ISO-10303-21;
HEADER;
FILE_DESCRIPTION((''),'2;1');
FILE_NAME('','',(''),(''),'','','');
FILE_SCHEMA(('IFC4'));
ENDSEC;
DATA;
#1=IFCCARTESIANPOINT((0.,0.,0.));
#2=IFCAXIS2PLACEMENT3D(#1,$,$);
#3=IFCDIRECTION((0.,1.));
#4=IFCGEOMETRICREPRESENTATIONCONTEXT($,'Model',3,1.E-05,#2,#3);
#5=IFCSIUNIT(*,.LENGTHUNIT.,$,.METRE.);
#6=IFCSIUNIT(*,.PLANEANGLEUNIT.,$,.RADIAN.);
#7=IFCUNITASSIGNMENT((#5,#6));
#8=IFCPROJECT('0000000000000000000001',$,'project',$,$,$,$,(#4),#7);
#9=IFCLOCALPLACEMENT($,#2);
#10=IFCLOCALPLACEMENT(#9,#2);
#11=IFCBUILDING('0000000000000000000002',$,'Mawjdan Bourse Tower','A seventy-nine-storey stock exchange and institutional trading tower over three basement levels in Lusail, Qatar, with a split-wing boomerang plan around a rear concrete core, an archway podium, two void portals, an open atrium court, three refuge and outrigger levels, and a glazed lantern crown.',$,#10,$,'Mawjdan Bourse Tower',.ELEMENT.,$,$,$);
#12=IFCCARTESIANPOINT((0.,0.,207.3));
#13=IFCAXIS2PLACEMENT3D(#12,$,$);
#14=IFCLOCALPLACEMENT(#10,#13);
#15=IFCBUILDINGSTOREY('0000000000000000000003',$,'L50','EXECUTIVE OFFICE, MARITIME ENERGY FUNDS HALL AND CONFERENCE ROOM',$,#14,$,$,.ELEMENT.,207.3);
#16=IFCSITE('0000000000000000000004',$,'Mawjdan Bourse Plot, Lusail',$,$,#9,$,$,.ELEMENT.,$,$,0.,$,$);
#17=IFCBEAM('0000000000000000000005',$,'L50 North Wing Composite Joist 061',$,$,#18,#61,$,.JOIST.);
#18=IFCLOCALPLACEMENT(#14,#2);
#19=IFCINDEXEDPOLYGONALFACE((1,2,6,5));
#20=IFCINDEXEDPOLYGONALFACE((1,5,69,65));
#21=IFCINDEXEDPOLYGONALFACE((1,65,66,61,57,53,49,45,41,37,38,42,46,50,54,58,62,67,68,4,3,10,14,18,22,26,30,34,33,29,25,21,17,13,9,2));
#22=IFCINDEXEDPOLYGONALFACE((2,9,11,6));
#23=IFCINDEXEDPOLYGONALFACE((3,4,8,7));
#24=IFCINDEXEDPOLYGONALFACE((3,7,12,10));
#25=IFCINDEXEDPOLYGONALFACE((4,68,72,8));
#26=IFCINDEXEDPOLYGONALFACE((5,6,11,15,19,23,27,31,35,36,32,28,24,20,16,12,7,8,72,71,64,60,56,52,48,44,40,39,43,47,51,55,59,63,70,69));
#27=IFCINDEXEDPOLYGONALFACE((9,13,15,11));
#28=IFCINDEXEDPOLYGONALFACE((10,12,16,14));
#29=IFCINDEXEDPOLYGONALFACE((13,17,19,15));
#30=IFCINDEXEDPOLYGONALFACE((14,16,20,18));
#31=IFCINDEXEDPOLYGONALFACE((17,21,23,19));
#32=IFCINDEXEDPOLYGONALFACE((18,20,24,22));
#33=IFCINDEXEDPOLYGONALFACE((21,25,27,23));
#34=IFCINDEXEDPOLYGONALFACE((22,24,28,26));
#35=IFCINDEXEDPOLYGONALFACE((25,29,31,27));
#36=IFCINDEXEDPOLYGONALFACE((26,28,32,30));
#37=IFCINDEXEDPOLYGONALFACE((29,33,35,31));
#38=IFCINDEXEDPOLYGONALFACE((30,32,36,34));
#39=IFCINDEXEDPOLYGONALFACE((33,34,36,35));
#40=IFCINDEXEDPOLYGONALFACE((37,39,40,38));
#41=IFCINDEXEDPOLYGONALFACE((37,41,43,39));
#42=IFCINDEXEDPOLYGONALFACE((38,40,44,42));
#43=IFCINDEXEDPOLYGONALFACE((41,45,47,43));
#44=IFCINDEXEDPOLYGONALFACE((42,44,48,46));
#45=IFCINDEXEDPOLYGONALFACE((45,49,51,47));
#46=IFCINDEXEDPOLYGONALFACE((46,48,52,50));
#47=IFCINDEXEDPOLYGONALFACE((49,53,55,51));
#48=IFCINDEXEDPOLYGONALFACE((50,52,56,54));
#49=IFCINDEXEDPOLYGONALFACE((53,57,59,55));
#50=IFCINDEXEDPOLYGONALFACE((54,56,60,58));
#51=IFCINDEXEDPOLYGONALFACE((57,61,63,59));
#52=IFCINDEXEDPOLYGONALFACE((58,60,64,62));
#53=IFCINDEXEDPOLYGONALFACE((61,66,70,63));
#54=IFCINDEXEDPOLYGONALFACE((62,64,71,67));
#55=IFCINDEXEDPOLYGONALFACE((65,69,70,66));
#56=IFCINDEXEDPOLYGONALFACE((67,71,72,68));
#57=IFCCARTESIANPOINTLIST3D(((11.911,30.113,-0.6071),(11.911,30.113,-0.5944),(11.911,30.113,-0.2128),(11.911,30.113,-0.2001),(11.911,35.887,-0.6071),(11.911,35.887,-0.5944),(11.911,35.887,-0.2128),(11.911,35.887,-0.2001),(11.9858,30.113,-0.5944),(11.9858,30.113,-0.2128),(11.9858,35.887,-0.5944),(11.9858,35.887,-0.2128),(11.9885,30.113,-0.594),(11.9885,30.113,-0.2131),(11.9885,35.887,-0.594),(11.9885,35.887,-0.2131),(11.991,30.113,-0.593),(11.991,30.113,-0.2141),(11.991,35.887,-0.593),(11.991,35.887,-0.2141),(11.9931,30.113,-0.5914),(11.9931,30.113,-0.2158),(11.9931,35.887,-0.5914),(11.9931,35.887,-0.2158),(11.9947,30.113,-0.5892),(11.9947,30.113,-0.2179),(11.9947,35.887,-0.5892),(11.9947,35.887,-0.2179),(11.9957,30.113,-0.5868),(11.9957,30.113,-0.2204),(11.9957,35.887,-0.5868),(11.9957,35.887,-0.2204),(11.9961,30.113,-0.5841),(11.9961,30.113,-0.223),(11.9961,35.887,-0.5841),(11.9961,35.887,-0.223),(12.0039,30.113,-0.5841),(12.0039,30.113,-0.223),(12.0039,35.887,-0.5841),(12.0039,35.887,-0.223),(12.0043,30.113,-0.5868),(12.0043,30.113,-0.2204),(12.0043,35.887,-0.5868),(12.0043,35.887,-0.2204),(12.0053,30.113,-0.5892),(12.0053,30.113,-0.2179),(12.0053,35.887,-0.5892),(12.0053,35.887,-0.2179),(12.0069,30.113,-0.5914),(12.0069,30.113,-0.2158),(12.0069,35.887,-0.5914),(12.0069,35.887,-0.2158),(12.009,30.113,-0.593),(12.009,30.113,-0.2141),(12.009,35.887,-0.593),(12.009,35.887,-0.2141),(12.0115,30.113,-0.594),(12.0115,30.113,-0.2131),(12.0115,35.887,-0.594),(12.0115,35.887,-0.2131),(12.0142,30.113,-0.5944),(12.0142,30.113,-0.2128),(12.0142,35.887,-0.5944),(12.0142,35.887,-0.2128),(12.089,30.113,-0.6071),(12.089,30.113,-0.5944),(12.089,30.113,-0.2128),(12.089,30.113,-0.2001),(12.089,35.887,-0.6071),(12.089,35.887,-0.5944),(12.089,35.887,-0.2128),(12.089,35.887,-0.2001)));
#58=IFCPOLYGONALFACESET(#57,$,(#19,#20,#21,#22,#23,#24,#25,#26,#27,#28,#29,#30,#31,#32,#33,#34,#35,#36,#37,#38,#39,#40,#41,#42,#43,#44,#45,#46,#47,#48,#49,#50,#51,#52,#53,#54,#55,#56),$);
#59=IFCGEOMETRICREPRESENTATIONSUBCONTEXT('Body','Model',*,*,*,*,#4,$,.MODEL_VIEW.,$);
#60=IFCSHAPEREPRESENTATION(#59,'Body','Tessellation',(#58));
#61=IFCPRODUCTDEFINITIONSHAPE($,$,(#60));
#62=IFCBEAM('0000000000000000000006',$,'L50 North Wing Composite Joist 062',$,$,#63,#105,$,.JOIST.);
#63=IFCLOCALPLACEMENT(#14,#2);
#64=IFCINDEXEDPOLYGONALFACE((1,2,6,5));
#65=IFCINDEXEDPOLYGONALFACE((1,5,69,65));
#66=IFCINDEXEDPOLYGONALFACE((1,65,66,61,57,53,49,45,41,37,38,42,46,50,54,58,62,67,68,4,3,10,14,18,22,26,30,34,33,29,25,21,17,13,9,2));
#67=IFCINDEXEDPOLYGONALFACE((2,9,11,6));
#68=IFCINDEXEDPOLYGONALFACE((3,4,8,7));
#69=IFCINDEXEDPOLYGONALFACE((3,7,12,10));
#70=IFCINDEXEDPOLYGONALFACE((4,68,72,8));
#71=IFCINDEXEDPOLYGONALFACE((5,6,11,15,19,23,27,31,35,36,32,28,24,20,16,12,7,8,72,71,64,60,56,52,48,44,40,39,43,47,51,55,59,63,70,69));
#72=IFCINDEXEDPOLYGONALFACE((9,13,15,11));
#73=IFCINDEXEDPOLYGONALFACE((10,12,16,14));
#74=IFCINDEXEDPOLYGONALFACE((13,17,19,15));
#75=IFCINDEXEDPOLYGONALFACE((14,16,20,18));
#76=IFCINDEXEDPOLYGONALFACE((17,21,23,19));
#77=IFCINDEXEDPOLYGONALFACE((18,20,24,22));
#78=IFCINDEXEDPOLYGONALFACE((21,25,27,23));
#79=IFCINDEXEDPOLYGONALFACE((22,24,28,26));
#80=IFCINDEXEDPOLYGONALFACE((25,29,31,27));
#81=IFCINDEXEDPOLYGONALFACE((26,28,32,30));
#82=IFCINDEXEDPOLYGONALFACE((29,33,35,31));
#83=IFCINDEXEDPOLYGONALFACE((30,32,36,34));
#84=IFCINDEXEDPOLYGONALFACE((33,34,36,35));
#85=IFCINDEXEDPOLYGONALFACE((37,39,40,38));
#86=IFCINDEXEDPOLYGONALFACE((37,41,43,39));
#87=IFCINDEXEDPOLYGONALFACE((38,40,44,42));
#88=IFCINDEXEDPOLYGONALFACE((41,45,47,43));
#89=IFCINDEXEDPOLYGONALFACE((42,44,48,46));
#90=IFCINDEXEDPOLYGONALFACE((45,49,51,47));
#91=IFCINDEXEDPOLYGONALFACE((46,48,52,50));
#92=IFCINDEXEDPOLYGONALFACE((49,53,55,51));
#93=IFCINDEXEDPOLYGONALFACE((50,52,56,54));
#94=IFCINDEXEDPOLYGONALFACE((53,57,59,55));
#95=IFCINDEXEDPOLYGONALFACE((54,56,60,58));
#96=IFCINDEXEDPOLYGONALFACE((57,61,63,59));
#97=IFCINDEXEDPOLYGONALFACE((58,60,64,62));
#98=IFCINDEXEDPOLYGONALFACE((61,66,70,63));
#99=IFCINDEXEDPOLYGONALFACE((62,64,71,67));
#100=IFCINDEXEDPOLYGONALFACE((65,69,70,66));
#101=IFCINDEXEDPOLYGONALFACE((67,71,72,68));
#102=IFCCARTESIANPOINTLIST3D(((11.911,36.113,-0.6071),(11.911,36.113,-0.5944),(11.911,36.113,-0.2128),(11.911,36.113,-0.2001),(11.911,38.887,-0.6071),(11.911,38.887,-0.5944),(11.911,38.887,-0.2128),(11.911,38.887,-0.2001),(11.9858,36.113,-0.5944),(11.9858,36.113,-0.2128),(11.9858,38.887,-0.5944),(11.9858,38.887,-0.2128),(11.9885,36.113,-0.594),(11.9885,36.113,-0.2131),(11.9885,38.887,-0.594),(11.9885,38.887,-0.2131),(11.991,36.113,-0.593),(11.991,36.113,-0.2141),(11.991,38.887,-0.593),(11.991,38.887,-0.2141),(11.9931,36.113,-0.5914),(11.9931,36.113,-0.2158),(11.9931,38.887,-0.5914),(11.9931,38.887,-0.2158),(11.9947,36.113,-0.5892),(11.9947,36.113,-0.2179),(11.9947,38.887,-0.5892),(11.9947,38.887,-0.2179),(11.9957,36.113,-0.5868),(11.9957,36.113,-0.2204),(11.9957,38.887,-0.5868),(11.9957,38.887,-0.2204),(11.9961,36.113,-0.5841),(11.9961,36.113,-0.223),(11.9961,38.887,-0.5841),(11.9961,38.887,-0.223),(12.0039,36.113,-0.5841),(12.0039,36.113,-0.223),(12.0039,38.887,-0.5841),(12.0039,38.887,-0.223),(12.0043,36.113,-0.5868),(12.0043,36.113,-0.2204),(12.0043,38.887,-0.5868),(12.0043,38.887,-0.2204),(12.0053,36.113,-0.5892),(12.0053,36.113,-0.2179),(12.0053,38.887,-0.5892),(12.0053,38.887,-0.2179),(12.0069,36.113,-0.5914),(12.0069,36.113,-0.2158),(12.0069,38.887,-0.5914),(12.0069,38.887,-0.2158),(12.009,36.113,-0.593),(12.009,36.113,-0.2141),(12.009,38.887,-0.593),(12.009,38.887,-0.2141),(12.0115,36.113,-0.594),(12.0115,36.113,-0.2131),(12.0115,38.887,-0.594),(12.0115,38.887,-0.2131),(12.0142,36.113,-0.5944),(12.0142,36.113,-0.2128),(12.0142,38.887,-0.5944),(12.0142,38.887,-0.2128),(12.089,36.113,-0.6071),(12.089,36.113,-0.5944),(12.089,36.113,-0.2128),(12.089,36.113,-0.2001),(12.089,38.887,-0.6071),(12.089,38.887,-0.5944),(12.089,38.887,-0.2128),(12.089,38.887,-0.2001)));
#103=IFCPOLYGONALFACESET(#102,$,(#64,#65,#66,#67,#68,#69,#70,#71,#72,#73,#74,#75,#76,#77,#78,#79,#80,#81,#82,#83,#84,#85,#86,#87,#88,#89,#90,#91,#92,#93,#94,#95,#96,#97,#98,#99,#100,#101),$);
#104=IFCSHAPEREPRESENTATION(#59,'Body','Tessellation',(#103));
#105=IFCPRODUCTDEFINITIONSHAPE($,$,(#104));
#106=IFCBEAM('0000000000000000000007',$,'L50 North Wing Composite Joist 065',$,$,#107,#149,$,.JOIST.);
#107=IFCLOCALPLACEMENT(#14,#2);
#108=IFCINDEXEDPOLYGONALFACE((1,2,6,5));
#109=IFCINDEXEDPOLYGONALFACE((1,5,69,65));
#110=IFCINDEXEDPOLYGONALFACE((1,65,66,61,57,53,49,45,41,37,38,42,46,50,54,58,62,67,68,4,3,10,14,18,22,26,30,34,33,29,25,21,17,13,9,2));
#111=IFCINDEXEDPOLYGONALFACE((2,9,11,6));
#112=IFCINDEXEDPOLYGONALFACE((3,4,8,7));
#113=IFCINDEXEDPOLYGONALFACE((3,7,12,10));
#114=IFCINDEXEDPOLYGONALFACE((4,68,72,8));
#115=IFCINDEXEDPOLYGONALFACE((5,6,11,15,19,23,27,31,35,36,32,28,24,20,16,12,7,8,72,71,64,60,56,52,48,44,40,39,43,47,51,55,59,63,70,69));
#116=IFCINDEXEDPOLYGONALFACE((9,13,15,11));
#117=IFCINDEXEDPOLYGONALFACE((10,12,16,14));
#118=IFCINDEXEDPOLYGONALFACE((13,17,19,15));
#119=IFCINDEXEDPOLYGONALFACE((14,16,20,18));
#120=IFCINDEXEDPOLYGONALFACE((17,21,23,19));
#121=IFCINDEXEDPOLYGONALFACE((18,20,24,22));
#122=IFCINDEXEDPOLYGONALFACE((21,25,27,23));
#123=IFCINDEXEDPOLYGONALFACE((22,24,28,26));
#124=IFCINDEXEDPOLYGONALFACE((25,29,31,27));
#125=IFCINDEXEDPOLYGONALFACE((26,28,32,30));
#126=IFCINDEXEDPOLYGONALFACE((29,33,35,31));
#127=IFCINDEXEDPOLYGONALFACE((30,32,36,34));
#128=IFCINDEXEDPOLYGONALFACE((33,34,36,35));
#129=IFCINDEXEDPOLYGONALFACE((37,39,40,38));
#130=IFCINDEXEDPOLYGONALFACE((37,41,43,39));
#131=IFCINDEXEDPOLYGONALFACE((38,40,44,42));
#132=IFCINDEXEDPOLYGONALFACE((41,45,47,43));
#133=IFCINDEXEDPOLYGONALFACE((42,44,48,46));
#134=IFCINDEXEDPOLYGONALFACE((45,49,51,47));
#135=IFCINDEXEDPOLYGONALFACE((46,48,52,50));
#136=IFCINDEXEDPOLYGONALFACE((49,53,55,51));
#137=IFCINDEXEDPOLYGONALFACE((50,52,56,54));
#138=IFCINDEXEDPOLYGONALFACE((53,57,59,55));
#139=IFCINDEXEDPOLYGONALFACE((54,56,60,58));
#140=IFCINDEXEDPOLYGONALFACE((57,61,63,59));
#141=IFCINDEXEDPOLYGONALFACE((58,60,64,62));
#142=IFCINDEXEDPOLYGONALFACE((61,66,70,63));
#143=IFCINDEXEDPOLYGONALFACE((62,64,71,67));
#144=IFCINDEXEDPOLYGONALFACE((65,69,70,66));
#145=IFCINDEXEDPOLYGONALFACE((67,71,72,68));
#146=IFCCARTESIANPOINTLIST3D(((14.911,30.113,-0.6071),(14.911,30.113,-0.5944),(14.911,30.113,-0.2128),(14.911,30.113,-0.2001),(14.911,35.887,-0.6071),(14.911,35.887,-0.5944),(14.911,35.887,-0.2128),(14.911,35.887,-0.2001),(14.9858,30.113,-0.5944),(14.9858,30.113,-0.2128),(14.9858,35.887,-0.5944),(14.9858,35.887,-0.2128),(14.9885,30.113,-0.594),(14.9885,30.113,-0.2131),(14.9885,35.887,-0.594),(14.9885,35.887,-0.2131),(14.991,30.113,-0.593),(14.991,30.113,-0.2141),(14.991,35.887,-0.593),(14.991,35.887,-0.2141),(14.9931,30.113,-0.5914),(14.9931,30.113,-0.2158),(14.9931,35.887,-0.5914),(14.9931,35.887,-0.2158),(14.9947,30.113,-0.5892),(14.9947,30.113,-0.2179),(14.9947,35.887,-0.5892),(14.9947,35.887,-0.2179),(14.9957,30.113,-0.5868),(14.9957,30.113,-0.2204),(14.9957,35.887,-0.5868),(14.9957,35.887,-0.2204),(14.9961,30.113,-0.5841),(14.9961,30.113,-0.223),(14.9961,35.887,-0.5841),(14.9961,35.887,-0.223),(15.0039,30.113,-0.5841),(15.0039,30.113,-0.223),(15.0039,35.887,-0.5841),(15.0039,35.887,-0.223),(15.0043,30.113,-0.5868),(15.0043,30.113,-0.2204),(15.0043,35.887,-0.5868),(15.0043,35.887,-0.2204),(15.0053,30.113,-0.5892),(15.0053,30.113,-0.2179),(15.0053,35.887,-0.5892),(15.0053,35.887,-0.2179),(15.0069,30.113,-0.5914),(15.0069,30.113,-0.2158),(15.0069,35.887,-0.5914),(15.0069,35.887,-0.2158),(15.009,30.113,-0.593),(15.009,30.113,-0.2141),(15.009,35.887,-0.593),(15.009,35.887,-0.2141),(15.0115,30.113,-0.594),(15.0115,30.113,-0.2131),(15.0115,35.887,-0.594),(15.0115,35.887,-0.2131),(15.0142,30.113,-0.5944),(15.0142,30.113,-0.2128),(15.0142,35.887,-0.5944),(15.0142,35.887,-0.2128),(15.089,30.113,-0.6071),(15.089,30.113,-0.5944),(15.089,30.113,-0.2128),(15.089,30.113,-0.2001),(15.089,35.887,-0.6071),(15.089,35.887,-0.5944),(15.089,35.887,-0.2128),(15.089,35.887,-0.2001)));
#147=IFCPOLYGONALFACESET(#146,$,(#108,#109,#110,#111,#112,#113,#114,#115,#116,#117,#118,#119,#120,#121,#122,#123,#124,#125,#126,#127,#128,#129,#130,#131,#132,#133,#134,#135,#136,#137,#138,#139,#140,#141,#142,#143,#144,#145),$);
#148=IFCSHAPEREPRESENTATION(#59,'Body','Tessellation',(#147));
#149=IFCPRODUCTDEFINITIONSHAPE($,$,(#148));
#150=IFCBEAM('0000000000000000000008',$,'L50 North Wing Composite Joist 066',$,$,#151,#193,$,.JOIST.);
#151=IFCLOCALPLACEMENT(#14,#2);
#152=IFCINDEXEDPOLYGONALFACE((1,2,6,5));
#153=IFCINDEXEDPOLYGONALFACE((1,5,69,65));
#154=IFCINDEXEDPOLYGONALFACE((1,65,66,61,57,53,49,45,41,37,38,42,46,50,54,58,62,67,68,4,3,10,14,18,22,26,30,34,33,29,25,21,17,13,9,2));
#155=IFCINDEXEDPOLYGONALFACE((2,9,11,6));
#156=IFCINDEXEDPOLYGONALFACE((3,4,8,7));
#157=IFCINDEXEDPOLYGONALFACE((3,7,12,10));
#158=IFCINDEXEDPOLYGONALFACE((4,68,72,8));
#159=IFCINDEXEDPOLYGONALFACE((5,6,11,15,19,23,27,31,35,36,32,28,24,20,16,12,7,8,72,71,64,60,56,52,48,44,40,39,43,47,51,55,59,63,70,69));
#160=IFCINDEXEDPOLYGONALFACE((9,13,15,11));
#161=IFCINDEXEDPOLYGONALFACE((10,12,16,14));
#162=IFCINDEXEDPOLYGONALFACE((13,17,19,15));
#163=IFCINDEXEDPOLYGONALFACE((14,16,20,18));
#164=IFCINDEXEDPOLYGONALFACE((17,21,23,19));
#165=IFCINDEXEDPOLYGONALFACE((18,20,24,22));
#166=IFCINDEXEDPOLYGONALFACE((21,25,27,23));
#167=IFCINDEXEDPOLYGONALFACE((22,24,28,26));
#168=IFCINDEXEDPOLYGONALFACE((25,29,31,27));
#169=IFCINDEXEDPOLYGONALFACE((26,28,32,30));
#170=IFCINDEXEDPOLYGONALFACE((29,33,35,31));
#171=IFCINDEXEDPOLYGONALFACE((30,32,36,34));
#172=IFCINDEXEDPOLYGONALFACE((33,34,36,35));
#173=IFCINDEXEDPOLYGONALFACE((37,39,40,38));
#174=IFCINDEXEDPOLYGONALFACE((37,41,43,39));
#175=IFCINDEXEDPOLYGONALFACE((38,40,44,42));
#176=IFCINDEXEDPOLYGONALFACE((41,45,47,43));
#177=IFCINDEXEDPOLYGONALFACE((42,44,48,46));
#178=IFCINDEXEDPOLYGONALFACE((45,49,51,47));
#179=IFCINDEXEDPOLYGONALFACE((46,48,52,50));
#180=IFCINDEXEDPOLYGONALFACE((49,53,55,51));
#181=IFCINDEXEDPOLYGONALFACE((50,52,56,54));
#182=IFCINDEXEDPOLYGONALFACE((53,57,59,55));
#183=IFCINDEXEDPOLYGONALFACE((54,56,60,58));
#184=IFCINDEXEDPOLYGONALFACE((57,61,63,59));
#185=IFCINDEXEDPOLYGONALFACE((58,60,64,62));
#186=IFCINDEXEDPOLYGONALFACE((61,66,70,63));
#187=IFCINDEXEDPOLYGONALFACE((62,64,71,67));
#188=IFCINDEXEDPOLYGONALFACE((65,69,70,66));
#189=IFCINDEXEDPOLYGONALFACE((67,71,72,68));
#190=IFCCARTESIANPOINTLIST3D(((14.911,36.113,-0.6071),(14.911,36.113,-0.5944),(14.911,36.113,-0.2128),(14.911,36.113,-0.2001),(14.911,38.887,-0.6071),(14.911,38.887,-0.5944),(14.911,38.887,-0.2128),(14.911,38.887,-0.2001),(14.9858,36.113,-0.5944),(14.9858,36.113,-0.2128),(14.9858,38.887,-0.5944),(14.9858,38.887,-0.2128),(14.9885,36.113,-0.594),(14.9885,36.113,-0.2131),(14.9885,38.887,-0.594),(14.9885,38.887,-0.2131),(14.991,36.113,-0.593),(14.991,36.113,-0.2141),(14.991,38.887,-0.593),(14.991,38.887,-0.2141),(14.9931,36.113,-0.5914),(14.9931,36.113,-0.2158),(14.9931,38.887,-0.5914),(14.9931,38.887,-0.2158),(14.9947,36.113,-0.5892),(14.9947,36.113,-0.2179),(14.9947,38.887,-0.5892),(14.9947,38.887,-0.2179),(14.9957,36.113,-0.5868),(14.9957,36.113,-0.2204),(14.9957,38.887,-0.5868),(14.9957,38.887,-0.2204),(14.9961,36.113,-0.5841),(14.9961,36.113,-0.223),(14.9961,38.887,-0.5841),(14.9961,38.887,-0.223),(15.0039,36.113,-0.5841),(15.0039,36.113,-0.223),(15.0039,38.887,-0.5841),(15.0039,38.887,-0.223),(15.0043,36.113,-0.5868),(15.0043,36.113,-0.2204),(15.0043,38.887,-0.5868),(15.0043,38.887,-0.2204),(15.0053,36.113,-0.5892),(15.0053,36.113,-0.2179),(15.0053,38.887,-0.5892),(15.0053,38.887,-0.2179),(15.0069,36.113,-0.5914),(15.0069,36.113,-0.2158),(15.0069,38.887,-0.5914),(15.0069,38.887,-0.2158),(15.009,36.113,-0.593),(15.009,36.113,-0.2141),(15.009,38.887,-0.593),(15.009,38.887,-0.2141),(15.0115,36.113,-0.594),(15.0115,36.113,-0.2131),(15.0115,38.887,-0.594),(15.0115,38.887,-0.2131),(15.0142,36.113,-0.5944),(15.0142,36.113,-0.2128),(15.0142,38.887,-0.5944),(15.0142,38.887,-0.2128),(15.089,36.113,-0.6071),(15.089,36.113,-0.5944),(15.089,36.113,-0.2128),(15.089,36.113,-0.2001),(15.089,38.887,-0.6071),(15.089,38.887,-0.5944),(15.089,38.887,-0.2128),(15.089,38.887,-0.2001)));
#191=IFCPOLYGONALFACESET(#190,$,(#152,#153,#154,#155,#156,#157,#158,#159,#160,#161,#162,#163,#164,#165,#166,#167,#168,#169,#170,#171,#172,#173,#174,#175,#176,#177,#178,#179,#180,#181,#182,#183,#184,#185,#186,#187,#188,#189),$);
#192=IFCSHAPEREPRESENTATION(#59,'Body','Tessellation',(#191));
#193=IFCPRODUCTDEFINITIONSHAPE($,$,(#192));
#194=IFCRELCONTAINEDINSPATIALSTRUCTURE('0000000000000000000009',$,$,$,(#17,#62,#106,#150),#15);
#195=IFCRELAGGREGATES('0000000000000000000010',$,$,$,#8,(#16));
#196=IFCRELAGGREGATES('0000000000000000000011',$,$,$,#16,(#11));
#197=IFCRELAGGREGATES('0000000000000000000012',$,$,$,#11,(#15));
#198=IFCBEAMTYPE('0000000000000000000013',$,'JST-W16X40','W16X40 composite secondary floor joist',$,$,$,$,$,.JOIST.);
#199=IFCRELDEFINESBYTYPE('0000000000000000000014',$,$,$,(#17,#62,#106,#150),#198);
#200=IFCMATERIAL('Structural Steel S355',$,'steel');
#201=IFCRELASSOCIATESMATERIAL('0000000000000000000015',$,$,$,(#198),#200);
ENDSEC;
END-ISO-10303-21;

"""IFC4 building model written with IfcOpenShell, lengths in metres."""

from ifc_helpers import new_model, si_unit, direction, frame, origin, origin_2d, place, context, subcontext, project, spatial, i_section, extrude, material, material_profile, profile_set, type_object, element, save


model = new_model("IFC4")

# Units and contexts
model_context = context("Model", 3, precision=1e-05, world=origin(), true_north=direction((0.0, 1.0)))
body_context = subcontext(model_context, "Body", "Model", "MODEL_VIEW")
ifc_project = project(units=[si_unit("LENGTHUNIT", "METRE"), si_unit("PLANEANGLEUNIT", "RADIAN")], contexts=[model_context])

# Site, building, storey
site_placement = place(None, origin())
site = spatial("IfcSite", under=ifc_project, at=site_placement, Name="Mawjdan Bourse Plot, Lusail", CompositionType="ELEMENT", RefElevation=0.0)
building_placement = place(site_placement, origin())
building = spatial("IfcBuilding", under=site, at=building_placement, Name="Mawjdan Bourse Tower", Description="A seventy-nine-storey stock exchange and institutional trading tower over three basement levels in Lusail, Qatar, with a split-wing boomerang plan around a rear concrete core, an archway podium, two void portals, an open atrium court, three refuge and outrigger levels, and a glazed lantern crown.", LongName="Mawjdan Bourse Tower", CompositionType="ELEMENT")
storey_placement = place(building_placement, frame((0.0, 0.0, 207.3)))
storey = spatial("IfcBuildingStorey", under=building, at=storey_placement, Name="L50", Description="EXECUTIVE OFFICE, MARITIME ENERGY FUNDS HALL AND CONFERENCE ROOM", CompositionType="ELEMENT", Elevation=207.3)

# Beams
ifc_material_1 = material(Name="Structural Steel S355", Category="steel")
ifc_material_profile_1 = material_profile(ifc_material_1, i_section(OverallWidth=0.178, OverallDepth=0.407, WebThickness=0.0078, FlangeThickness=0.0127, FilletRadius=0.0103, at=origin_2d()), Name="W16X40")
ifc_profile_set_1 = profile_set([ifc_material_profile_1], Name="Structural Steel S355")
beam_type_1 = type_object("IfcBeamType", Name="JST-W16X40", Description="W16X40 composite secondary floor joist", PredefinedType="JOIST", material=ifc_profile_set_1)
beam_1_placement = place(storey_placement, frame((12.0, 30.113, -0.4036), z_axis=(0.0, 1.0, 0.0), x_axis=(-1.0, 0.0, 0.0)))
element("IfcBeam", 1, at=beam_1_placement, inside=storey, type_object=beam_type_1, Name="L50 North Wing Composite Joist 061", PredefinedType="JOIST", context=body_context, shape_type="SweptSolid", body=[
    extrude(i_section(OverallWidth=0.178, OverallDepth=0.407, WebThickness=0.0078, FlangeThickness=0.0127, FilletRadius=0.0103, at=origin_2d()), origin(), (0.0, 0.0, 1.0), 5.7739),
])
beam_2_placement = place(storey_placement, frame((12.0, 36.113, -0.4036), z_axis=(0.0, 1.0, 0.0), x_axis=(-1.0, 0.0, 0.0)))
element("IfcBeam", 2, at=beam_2_placement, inside=storey, type_object=beam_type_1, Name="L50 North Wing Composite Joist 062", PredefinedType="JOIST", context=body_context, shape_type="SweptSolid", body=[
    extrude(i_section(OverallWidth=0.178, OverallDepth=0.407, WebThickness=0.0078, FlangeThickness=0.0127, FilletRadius=0.0103, at=origin_2d()), origin(), (0.0, 0.0, 1.0), 2.7739),
])
beam_3_placement = place(storey_placement, frame((15.0, 30.113, -0.4036), z_axis=(0.0, 1.0, 0.0), x_axis=(-1.0, 0.0, 0.0)))
element("IfcBeam", 3, at=beam_3_placement, inside=storey, type_object=beam_type_1, Name="L50 North Wing Composite Joist 065", PredefinedType="JOIST", context=body_context, shape_type="SweptSolid", body=[
    extrude(i_section(OverallWidth=0.178, OverallDepth=0.407, WebThickness=0.0078, FlangeThickness=0.0127, FilletRadius=0.0103, at=origin_2d()), origin(), (0.0, 0.0, 1.0), 5.7739),
])
beam_4_placement = place(storey_placement, frame((15.0, 36.113, -0.4036), z_axis=(0.0, 1.0, 0.0), x_axis=(-1.0, 0.0, 0.0)))
element("IfcBeam", 4, at=beam_4_placement, inside=storey, type_object=beam_type_1, Name="L50 North Wing Composite Joist 066", PredefinedType="JOIST", context=body_context, shape_type="SweptSolid", body=[
    extrude(i_section(OverallWidth=0.178, OverallDepth=0.407, WebThickness=0.0078, FlangeThickness=0.0127, FilletRadius=0.0103, at=origin_2d()), origin(), (0.0, 0.0, 1.0), 2.7739),
])

save(model, "model.ifc")
